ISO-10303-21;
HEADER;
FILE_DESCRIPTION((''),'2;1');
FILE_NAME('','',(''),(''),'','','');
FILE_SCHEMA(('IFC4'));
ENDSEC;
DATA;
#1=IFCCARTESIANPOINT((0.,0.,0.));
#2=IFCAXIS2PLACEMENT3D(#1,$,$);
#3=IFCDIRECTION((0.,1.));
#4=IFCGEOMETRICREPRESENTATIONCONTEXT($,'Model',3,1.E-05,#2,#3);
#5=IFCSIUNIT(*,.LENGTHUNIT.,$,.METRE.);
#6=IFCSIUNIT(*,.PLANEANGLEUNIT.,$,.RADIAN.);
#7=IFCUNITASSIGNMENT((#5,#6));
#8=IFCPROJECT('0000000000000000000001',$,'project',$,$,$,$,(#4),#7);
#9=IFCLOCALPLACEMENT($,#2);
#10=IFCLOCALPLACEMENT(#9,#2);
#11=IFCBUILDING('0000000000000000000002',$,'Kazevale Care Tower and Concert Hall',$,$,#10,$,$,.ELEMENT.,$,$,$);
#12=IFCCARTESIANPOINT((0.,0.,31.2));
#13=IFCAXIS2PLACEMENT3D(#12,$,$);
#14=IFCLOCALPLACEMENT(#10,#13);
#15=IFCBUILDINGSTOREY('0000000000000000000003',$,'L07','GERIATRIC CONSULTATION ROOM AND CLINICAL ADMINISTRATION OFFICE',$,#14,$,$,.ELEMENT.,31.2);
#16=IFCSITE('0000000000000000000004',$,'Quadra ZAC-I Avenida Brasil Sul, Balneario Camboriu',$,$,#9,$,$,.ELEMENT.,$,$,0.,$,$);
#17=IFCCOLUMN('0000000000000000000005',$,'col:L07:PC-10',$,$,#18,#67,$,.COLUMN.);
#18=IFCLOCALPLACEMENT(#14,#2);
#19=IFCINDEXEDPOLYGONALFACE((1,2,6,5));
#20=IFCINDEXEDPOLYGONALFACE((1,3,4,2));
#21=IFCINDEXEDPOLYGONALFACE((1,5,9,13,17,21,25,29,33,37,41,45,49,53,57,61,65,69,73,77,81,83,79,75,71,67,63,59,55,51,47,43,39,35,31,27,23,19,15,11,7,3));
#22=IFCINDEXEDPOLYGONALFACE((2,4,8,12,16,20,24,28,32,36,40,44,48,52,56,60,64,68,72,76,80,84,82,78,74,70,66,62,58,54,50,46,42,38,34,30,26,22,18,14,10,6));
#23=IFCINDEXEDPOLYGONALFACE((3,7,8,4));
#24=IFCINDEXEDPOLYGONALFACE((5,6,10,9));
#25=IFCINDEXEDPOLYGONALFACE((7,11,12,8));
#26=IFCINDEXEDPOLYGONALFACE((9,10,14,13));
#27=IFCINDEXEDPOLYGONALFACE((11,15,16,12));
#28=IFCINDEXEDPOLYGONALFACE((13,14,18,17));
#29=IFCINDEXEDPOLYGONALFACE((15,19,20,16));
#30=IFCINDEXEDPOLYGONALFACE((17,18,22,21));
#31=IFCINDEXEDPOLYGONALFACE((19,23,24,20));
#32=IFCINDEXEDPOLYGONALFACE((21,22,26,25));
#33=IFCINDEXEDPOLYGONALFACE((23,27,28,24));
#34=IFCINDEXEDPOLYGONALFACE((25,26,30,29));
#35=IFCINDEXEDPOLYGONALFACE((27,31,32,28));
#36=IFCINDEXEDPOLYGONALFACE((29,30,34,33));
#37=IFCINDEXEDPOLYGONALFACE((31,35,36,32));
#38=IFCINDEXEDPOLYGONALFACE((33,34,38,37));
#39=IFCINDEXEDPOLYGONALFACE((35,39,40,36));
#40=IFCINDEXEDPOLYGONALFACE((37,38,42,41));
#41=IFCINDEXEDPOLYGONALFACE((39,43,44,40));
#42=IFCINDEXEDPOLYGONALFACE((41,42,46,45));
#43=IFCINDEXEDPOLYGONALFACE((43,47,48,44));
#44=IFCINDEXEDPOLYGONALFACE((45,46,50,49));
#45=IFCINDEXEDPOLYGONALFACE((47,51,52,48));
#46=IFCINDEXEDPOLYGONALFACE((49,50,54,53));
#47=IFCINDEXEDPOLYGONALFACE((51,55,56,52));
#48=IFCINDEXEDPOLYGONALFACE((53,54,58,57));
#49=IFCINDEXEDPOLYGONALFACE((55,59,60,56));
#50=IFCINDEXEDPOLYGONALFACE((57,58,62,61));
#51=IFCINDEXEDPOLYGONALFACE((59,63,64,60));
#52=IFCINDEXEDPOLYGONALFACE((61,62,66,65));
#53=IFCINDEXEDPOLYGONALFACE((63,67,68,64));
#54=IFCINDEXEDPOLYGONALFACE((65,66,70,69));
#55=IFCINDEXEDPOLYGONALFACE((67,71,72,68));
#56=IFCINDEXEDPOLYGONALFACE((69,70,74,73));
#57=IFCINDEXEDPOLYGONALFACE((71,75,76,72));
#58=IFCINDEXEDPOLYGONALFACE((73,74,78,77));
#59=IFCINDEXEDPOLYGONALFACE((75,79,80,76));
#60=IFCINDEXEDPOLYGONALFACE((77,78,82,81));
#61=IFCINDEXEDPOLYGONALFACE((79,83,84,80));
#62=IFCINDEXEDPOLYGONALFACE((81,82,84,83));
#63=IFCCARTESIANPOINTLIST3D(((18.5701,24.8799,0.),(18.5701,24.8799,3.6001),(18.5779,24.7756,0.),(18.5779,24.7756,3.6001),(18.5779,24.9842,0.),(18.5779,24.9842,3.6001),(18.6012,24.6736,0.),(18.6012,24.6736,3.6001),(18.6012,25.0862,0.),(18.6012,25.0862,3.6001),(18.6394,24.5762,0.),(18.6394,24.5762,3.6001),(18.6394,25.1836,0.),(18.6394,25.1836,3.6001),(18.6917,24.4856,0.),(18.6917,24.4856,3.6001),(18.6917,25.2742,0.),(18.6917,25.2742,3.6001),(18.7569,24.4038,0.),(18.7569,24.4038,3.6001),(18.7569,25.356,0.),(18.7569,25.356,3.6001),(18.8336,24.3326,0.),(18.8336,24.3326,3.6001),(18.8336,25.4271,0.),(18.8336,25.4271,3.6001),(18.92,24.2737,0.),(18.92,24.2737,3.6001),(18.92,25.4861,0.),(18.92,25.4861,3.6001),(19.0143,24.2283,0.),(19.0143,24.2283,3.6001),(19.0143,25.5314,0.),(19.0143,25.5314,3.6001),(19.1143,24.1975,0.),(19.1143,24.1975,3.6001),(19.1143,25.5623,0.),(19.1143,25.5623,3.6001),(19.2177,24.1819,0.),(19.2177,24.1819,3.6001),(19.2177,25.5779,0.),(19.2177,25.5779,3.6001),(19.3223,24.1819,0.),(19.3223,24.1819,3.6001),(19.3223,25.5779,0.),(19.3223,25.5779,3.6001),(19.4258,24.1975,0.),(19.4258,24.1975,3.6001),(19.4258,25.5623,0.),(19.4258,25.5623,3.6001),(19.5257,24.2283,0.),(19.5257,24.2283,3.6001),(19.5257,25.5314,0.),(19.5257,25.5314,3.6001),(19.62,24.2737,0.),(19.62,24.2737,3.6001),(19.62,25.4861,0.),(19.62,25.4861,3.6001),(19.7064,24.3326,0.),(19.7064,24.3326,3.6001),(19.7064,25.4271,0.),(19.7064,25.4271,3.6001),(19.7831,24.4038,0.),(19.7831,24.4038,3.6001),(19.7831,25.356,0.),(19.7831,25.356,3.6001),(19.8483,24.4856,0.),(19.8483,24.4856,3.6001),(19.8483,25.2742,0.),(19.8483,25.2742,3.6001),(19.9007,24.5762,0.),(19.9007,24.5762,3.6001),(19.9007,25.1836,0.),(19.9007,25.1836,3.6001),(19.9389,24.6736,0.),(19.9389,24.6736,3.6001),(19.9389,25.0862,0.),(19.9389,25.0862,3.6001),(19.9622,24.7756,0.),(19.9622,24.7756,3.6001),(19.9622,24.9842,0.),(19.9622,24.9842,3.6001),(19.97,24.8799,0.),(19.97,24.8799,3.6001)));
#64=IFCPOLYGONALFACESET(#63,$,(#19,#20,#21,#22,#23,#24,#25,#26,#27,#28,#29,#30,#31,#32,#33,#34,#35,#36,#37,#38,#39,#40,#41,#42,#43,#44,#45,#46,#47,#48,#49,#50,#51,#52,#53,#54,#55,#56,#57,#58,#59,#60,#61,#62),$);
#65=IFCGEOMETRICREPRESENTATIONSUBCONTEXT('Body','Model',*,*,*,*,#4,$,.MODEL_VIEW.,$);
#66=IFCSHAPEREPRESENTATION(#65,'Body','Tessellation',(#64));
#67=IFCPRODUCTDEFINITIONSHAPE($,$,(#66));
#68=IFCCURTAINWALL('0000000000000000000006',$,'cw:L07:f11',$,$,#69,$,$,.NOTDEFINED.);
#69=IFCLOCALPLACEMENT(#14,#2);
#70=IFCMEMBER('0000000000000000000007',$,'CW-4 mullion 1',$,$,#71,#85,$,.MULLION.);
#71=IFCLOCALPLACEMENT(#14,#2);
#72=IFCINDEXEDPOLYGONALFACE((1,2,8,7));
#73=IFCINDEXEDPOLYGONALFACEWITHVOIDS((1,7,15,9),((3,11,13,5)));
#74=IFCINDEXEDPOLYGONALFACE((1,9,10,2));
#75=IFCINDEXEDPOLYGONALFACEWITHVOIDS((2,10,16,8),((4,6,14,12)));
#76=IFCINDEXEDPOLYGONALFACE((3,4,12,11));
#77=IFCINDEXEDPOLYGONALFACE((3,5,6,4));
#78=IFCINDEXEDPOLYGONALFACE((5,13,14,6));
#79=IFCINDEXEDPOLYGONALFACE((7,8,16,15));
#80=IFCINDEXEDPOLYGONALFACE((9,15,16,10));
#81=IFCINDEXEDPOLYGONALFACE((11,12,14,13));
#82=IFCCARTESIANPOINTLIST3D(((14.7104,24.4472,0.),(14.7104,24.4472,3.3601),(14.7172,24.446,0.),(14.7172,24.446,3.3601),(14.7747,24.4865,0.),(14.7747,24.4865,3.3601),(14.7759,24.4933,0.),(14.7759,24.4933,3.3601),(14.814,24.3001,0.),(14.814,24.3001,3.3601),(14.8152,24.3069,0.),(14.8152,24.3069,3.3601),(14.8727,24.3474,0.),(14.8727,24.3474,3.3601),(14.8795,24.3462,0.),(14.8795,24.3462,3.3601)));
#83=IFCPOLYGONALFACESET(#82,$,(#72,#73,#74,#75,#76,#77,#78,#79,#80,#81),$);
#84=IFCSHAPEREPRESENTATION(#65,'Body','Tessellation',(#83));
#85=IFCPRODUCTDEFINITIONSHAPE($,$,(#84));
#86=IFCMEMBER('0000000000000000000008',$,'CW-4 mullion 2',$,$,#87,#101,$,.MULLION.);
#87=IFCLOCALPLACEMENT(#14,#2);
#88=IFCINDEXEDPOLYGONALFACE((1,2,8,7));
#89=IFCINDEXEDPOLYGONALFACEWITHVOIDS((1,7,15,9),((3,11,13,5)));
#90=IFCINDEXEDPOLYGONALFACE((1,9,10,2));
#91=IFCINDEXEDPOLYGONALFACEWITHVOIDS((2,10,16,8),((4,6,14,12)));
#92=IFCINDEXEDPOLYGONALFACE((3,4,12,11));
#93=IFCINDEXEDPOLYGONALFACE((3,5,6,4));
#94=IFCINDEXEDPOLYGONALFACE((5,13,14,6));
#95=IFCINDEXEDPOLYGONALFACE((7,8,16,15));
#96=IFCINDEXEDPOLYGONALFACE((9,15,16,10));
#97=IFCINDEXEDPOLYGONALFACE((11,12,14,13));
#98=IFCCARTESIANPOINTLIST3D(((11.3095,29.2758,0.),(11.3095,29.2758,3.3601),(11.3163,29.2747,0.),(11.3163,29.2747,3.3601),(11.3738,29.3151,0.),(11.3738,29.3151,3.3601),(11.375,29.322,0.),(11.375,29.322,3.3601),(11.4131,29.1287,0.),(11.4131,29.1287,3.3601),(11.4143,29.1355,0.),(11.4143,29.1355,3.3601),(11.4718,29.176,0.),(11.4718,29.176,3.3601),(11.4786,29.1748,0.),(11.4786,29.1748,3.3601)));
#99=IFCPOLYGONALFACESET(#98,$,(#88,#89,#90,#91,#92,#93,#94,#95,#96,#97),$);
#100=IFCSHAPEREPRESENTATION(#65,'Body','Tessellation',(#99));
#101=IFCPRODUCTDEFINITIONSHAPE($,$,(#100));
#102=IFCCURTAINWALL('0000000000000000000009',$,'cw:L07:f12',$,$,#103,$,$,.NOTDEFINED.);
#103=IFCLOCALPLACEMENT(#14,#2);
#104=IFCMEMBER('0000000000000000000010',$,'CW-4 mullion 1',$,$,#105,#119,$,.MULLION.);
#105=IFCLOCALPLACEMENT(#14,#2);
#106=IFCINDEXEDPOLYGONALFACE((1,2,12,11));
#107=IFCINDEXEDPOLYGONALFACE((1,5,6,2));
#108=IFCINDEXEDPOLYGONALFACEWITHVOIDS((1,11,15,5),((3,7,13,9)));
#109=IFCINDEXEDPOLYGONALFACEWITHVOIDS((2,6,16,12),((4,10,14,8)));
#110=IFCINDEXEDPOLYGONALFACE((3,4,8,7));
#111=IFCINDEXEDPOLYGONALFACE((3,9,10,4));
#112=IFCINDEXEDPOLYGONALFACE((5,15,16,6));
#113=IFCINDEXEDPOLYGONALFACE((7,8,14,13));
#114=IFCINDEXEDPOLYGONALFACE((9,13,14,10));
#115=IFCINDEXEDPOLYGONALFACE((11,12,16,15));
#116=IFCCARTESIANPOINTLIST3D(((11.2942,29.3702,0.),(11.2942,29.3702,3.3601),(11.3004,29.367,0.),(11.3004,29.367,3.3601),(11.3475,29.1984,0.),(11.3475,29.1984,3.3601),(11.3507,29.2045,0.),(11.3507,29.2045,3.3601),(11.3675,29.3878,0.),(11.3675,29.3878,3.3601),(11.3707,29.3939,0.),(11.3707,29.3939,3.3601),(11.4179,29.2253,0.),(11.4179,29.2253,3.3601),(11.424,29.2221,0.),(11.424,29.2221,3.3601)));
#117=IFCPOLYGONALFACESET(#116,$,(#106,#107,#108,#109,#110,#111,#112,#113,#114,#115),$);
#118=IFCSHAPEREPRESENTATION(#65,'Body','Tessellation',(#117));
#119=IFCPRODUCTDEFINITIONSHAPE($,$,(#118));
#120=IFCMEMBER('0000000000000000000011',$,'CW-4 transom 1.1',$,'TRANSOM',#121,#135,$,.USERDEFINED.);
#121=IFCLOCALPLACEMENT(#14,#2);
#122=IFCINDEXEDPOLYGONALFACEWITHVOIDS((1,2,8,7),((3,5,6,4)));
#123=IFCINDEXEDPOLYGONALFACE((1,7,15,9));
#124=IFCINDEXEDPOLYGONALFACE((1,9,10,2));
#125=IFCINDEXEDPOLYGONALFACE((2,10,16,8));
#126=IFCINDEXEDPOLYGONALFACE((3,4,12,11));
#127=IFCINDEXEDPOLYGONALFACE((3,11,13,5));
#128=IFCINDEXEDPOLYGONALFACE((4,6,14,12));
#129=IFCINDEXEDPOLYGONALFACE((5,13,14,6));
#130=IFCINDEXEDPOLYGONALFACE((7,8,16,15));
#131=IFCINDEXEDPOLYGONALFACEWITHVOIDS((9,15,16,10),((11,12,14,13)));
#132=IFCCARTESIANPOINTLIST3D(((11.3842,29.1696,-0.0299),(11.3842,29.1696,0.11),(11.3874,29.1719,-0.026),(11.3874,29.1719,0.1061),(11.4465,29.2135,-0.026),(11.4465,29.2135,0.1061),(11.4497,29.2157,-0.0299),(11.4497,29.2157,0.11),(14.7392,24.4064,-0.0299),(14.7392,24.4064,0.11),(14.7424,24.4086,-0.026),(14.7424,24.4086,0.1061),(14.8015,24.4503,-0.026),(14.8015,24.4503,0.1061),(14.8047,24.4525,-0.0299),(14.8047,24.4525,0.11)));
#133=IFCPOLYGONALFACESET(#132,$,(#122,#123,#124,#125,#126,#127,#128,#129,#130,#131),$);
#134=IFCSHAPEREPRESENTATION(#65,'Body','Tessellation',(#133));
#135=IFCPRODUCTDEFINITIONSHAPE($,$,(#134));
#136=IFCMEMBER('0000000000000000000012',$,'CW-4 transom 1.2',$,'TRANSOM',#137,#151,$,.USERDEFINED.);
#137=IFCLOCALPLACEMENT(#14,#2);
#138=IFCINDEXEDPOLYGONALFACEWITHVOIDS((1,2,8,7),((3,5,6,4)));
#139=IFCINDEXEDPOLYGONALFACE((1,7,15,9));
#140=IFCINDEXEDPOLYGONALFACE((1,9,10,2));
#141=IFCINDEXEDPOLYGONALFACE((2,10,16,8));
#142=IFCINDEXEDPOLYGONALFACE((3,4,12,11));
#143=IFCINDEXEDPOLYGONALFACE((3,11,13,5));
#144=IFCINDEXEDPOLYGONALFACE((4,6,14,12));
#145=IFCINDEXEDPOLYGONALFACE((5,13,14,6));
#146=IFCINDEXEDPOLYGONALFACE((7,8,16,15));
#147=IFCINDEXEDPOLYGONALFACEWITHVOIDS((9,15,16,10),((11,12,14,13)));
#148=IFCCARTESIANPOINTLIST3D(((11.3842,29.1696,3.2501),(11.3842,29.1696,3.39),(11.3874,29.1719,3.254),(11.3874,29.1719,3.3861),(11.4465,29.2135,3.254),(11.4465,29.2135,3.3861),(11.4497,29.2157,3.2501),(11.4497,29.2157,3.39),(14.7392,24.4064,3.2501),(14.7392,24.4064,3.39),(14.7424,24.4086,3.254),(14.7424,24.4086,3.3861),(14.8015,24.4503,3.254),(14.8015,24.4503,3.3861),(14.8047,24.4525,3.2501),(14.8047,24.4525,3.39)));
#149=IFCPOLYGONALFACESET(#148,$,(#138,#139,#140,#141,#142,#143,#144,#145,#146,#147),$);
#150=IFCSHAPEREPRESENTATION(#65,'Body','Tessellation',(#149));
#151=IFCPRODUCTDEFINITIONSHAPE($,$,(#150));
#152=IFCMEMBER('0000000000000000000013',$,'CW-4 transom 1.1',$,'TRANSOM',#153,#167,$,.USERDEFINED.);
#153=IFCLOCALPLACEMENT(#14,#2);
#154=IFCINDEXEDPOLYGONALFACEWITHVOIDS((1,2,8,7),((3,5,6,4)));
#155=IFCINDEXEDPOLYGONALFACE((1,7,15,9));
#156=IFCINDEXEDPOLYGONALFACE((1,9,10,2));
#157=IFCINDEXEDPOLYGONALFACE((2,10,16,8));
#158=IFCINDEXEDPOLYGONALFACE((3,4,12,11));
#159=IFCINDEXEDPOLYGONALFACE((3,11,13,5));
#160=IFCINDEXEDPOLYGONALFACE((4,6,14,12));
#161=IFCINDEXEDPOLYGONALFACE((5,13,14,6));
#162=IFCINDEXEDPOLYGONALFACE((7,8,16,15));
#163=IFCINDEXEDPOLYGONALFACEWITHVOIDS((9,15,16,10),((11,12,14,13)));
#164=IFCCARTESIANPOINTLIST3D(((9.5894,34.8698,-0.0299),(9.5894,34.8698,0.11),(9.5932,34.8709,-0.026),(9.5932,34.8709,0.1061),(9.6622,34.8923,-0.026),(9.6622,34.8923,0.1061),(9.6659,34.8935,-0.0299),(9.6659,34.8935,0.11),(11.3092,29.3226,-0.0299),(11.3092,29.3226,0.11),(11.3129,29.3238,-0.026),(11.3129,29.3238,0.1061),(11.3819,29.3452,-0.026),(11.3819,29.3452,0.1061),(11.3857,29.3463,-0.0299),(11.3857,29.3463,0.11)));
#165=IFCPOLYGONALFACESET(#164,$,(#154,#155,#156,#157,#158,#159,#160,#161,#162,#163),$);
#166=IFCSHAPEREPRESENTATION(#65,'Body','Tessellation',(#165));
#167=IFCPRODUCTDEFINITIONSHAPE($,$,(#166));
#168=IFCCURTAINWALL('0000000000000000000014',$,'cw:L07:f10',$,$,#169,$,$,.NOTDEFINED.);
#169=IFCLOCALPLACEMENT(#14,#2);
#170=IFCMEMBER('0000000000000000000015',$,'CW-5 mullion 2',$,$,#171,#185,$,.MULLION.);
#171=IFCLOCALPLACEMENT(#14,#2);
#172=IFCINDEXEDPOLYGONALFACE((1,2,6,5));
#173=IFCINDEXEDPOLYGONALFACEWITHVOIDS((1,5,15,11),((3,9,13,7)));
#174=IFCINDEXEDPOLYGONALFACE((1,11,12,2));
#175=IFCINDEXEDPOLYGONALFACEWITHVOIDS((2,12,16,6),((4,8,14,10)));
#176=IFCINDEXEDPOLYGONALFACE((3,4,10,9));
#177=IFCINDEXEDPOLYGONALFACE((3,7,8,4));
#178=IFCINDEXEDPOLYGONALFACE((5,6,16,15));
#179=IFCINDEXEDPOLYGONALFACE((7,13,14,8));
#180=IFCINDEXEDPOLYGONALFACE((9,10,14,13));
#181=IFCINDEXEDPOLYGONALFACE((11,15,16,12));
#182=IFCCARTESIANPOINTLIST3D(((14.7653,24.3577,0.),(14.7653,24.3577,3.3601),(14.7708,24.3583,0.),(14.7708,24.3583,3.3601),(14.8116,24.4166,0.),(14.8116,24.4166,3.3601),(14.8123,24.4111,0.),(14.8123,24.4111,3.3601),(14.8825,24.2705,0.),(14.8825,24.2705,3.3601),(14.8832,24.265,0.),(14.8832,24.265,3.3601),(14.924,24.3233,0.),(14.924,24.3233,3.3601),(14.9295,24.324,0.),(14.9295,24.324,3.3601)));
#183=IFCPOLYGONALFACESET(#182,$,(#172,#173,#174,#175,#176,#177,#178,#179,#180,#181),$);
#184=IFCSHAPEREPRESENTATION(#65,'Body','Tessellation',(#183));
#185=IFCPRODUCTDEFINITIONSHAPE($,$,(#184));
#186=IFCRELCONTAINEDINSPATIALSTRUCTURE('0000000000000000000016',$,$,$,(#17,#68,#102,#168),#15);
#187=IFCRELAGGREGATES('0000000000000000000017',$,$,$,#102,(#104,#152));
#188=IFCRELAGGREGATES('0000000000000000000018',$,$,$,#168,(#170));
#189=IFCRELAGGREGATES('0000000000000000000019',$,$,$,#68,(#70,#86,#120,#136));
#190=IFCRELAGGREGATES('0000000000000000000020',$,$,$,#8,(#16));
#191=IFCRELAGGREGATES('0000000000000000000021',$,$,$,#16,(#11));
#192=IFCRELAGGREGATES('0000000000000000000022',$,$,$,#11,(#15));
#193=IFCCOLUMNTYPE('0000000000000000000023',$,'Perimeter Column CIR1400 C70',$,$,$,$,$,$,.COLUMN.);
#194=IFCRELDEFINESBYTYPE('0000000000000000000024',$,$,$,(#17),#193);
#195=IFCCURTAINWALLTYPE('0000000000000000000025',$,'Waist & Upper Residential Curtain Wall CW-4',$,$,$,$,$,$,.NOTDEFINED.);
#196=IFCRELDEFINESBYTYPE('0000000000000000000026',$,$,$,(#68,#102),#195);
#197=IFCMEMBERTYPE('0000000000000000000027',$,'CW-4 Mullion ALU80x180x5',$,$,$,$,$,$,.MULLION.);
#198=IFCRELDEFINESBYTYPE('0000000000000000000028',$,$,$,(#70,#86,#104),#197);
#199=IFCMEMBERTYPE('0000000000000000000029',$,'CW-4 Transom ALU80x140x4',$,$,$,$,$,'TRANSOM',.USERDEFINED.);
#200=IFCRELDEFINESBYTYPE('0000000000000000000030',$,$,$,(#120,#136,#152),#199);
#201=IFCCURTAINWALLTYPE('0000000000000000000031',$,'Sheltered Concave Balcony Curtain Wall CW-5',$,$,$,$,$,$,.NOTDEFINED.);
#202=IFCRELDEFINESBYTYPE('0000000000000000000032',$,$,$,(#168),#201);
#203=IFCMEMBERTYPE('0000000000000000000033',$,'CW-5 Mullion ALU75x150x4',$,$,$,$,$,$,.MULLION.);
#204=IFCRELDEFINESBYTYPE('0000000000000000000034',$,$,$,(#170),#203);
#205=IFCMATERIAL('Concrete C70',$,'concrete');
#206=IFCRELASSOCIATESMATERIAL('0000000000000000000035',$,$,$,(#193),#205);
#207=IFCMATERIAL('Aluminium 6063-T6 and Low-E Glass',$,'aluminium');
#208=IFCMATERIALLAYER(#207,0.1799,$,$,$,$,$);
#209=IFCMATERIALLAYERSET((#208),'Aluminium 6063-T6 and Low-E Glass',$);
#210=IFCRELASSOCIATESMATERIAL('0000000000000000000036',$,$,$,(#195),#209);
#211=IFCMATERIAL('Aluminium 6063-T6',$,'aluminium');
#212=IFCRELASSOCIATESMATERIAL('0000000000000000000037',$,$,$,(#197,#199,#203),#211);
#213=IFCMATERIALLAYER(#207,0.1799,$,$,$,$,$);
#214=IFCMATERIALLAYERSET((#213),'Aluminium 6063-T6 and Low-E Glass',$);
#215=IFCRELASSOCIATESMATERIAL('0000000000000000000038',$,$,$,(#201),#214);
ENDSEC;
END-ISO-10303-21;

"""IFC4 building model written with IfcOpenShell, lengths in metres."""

from ifc_helpers import new_model, si_unit, direction, frame, origin, origin_2d, place, context, subcontext, project, spatial, hollow_rectangle, circle, extrude, material, layer, layer_set, material_profile, profile_set, type_object, element, aggregate, save


model = new_model("IFC4")

# Units and contexts
model_context = context("Model", 3, precision=1e-05, world=origin(), true_north=direction((0.0, 1.0)))
body_context = subcontext(model_context, "Body", "Model", "MODEL_VIEW")
ifc_project = project(units=[si_unit("LENGTHUNIT", "METRE"), si_unit("PLANEANGLEUNIT", "RADIAN")], contexts=[model_context])

# Site, building, storey
site_placement = place(None, origin())
site = spatial("IfcSite", under=ifc_project, at=site_placement, Name="Quadra ZAC-I Avenida Brasil Sul, Balneario Camboriu", CompositionType="ELEMENT", RefElevation=0.0)
building_placement = place(site_placement, origin())
building = spatial("IfcBuilding", under=site, at=building_placement, Name="Kazevale Care Tower and Concert Hall", CompositionType="ELEMENT")
storey_placement = place(building_placement, frame((0.0, 0.0, 31.2)))
storey = spatial("IfcBuildingStorey", under=building, at=storey_placement, Name="L07", Description="GERIATRIC CONSULTATION ROOM AND CLINICAL ADMINISTRATION OFFICE", CompositionType="ELEMENT", Elevation=31.2)

# Column
ifc_material_1 = material(Name="Concrete C70", Category="concrete")
ifc_material_profile_1 = material_profile(ifc_material_1, circle(Radius=0.7, at=origin_2d()), Name="RC-CIR1400")
ifc_profile_set_1 = profile_set([ifc_material_profile_1], Name="Concrete C70")
column_type = type_object("IfcColumnType", Name="Perimeter Column CIR1400 C70", PredefinedType="COLUMN", material=ifc_profile_set_1)
column_placement = place(storey_placement, frame((19.27, 24.8799, 0.0), z_axis=(0.0, 0.0, 1.0), x_axis=(1.0, 0.0, 0.0)))
element("IfcColumn", 1, at=column_placement, inside=storey, type_object=column_type, Name="col:L07:PC-10", PredefinedType="COLUMN", context=body_context, shape_type="SweptSolid", body=[
    extrude(circle(Radius=0.7, at=origin_2d()), origin(), (0.0, 0.0, 1.0), 3.6001),
])

# Curtain wall, members
ifc_material_2 = material(Name="Aluminium 6063-T6 and Low-E Glass", Category="aluminium")
ifc_layer_1 = layer(ifc_material_2, 0.1799)
ifc_layer_set_1 = layer_set([ifc_layer_1], Name="Aluminium 6063-T6 and Low-E Glass")
curtain_wall_type_1 = type_object("IfcCurtainWallType", Name="Waist & Upper Residential Curtain Wall CW-4", PredefinedType="NOTDEFINED", material=ifc_layer_set_1)
curtain_wall_1_placement = place(storey_placement, origin())
curtain_wall_1 = element("IfcCurtainWall", 2, at=curtain_wall_1_placement, inside=storey, type_object=curtain_wall_type_1, Name="cw:L07:f11", PredefinedType="NOTDEFINED")
ifc_material_3 = material(Name="Aluminium 6063-T6", Category="aluminium")
ifc_material_profile_2 = material_profile(ifc_material_3, hollow_rectangle(XDim=0.0801, YDim=0.1799, WallThickness=0.0049, at=origin_2d()), Name="ALU80x180x5")
ifc_profile_set_2 = profile_set([ifc_material_profile_2], Name="Aluminium 6063-T6")
member_type_1 = type_object("IfcMemberType", Name="CW-4 Mullion ALU80x180x5", PredefinedType="MULLION", material=ifc_profile_set_2)
member_1_placement = place(storey_placement, frame((14.7949, 24.3967, 0.0), z_axis=(0.0, 0.0, 1.0), x_axis=(-0.817565, -0.575837, 0.0)))
member_1 = element("IfcMember", 3, at=member_1_placement, type_object=member_type_1, Name="CW-4 mullion 1", PredefinedType="MULLION", context=body_context, shape_type="SweptSolid", body=[
    extrude(hollow_rectangle(XDim=0.0801, YDim=0.1799, WallThickness=0.0049, at=origin_2d()), origin(), (0.0, 0.0, 1.0), 3.3601),
])
member_2_placement = place(storey_placement, frame((11.394, 29.2253, 0.0), z_axis=(0.0, 0.0, 1.0), x_axis=(-0.817565, -0.575837, 0.0)))
member_2 = element("IfcMember", 4, at=member_2_placement, type_object=member_type_1, Name="CW-4 mullion 2", PredefinedType="MULLION", context=body_context, shape_type="SweptSolid", body=[
    extrude(hollow_rectangle(XDim=0.0801, YDim=0.1799, WallThickness=0.0049, at=origin_2d()), origin(), (0.0, 0.0, 1.0), 3.3601),
])

# Curtain wall, member
curtain_wall_2_placement = place(storey_placement, origin())
curtain_wall_2 = element("IfcCurtainWall", 5, at=curtain_wall_2_placement, inside=storey, type_object=curtain_wall_type_1, Name="cw:L07:f12", PredefinedType="NOTDEFINED")
member_3_placement = place(storey_placement, frame((11.3591, 29.2961, 0.0), z_axis=(0.0, 0.0, 1.0), x_axis=(-0.955157, -0.296099, 0.0)))
member_3 = element("IfcMember", 6, at=member_3_placement, type_object=member_type_1, Name="CW-4 mullion 1", PredefinedType="MULLION", context=body_context, shape_type="SweptSolid", body=[
    extrude(hollow_rectangle(XDim=0.0801, YDim=0.1799, WallThickness=0.0049, at=origin_2d()), origin(), (0.0, 0.0, 1.0), 3.3601),
])

# Members
ifc_material_profile_3 = material_profile(ifc_material_3, hollow_rectangle(XDim=0.0801, YDim=0.1399, WallThickness=0.0039, at=origin_2d()), Name="ALU80x140x4")
ifc_profile_set_3 = profile_set([ifc_material_profile_3], Name="Aluminium 6063-T6")
member_type_2 = type_object("IfcMemberType", Name="CW-4 Transom ALU80x140x4", ElementType="TRANSOM", PredefinedType="USERDEFINED", material=ifc_profile_set_3)
member_4_placement = place(storey_placement, frame((14.772, 24.4294, 0.04), z_axis=(-0.57585, 0.817555, 0.0), x_axis=(-0.817555, -0.57585, 0.0)))
member_4 = element("IfcMember", 7, at=member_4_placement, type_object=member_type_2, Name="CW-4 transom 1.1", ObjectType="TRANSOM", PredefinedType="USERDEFINED", context=body_context, shape_type="SweptSolid", body=[
    extrude(hollow_rectangle(XDim=0.0801, YDim=0.1399, WallThickness=0.0039, at=origin_2d()), origin(), (0.0, 0.0, 1.0), 5.8262),
])
member_5_placement = place(storey_placement, frame((14.772, 24.4294, 3.3201), z_axis=(-0.57585, 0.817555, 0.0), x_axis=(-0.817555, -0.57585, 0.0)))
member_5 = element("IfcMember", 8, at=member_5_placement, type_object=member_type_2, Name="CW-4 transom 1.2", ObjectType="TRANSOM", PredefinedType="USERDEFINED", context=body_context, shape_type="SweptSolid", body=[
    extrude(hollow_rectangle(XDim=0.0801, YDim=0.1399, WallThickness=0.0039, at=origin_2d()), origin(), (0.0, 0.0, 1.0), 5.8262),
])
member_6_placement = place(storey_placement, frame((11.3474, 29.3345, 0.04), z_axis=(-0.296118, 0.955152, 0.0), x_axis=(-0.955152, -0.296118, 0.0)))
member_6 = element("IfcMember", 9, at=member_6_placement, type_object=member_type_2, Name="CW-4 transom 1.1", ObjectType="TRANSOM", PredefinedType="USERDEFINED", context=body_context, shape_type="SweptSolid", body=[
    extrude(hollow_rectangle(XDim=0.0801, YDim=0.1399, WallThickness=0.0039, at=origin_2d()), origin(), (0.0, 0.0, 1.0), 5.8076),
])
aggregate(curtain_wall_2, [member_3, member_6])

# Curtain wall, member
ifc_layer_2 = layer(ifc_material_2, 0.1799)
ifc_layer_set_2 = layer_set([ifc_layer_2], Name="Aluminium 6063-T6 and Low-E Glass")
curtain_wall_type_2 = type_object("IfcCurtainWallType", Name="Sheltered Concave Balcony Curtain Wall CW-5", PredefinedType="NOTDEFINED", material=ifc_layer_set_2)
curtain_wall_3_placement = place(storey_placement, origin())
curtain_wall_3 = element("IfcCurtainWall", 10, at=curtain_wall_3_placement, inside=storey, type_object=curtain_wall_type_2, Name="cw:L07:f10", PredefinedType="NOTDEFINED")
ifc_material_profile_4 = material_profile(ifc_material_3, hollow_rectangle(XDim=0.075, YDim=0.1499, WallThickness=0.0039, at=origin_2d()), Name="ALU75x150x4")
ifc_profile_set_4 = profile_set([ifc_material_profile_4], Name="Aluminium 6063-T6")
member_type_3 = type_object("IfcMemberType", Name="CW-5 Mullion ALU75x150x4", PredefinedType="MULLION", material=ifc_profile_set_4)
member_7_placement = place(storey_placement, frame((14.8474, 24.3408, 0.0), z_axis=(0.0, 0.0, 1.0), x_axis=(-0.617808, -0.786329, 0.0)))
member_7 = element("IfcMember", 11, at=member_7_placement, type_object=member_type_3, Name="CW-5 mullion 2", PredefinedType="MULLION", context=body_context, shape_type="SweptSolid", body=[
    extrude(hollow_rectangle(XDim=0.075, YDim=0.1499, WallThickness=0.0039, at=origin_2d()), origin(), (0.0, 0.0, 1.0), 3.3601),
])
aggregate(curtain_wall_3, [member_7])

aggregate(curtain_wall_1, [member_1, member_2, member_4, member_5])

save(model, "model.ifc")
